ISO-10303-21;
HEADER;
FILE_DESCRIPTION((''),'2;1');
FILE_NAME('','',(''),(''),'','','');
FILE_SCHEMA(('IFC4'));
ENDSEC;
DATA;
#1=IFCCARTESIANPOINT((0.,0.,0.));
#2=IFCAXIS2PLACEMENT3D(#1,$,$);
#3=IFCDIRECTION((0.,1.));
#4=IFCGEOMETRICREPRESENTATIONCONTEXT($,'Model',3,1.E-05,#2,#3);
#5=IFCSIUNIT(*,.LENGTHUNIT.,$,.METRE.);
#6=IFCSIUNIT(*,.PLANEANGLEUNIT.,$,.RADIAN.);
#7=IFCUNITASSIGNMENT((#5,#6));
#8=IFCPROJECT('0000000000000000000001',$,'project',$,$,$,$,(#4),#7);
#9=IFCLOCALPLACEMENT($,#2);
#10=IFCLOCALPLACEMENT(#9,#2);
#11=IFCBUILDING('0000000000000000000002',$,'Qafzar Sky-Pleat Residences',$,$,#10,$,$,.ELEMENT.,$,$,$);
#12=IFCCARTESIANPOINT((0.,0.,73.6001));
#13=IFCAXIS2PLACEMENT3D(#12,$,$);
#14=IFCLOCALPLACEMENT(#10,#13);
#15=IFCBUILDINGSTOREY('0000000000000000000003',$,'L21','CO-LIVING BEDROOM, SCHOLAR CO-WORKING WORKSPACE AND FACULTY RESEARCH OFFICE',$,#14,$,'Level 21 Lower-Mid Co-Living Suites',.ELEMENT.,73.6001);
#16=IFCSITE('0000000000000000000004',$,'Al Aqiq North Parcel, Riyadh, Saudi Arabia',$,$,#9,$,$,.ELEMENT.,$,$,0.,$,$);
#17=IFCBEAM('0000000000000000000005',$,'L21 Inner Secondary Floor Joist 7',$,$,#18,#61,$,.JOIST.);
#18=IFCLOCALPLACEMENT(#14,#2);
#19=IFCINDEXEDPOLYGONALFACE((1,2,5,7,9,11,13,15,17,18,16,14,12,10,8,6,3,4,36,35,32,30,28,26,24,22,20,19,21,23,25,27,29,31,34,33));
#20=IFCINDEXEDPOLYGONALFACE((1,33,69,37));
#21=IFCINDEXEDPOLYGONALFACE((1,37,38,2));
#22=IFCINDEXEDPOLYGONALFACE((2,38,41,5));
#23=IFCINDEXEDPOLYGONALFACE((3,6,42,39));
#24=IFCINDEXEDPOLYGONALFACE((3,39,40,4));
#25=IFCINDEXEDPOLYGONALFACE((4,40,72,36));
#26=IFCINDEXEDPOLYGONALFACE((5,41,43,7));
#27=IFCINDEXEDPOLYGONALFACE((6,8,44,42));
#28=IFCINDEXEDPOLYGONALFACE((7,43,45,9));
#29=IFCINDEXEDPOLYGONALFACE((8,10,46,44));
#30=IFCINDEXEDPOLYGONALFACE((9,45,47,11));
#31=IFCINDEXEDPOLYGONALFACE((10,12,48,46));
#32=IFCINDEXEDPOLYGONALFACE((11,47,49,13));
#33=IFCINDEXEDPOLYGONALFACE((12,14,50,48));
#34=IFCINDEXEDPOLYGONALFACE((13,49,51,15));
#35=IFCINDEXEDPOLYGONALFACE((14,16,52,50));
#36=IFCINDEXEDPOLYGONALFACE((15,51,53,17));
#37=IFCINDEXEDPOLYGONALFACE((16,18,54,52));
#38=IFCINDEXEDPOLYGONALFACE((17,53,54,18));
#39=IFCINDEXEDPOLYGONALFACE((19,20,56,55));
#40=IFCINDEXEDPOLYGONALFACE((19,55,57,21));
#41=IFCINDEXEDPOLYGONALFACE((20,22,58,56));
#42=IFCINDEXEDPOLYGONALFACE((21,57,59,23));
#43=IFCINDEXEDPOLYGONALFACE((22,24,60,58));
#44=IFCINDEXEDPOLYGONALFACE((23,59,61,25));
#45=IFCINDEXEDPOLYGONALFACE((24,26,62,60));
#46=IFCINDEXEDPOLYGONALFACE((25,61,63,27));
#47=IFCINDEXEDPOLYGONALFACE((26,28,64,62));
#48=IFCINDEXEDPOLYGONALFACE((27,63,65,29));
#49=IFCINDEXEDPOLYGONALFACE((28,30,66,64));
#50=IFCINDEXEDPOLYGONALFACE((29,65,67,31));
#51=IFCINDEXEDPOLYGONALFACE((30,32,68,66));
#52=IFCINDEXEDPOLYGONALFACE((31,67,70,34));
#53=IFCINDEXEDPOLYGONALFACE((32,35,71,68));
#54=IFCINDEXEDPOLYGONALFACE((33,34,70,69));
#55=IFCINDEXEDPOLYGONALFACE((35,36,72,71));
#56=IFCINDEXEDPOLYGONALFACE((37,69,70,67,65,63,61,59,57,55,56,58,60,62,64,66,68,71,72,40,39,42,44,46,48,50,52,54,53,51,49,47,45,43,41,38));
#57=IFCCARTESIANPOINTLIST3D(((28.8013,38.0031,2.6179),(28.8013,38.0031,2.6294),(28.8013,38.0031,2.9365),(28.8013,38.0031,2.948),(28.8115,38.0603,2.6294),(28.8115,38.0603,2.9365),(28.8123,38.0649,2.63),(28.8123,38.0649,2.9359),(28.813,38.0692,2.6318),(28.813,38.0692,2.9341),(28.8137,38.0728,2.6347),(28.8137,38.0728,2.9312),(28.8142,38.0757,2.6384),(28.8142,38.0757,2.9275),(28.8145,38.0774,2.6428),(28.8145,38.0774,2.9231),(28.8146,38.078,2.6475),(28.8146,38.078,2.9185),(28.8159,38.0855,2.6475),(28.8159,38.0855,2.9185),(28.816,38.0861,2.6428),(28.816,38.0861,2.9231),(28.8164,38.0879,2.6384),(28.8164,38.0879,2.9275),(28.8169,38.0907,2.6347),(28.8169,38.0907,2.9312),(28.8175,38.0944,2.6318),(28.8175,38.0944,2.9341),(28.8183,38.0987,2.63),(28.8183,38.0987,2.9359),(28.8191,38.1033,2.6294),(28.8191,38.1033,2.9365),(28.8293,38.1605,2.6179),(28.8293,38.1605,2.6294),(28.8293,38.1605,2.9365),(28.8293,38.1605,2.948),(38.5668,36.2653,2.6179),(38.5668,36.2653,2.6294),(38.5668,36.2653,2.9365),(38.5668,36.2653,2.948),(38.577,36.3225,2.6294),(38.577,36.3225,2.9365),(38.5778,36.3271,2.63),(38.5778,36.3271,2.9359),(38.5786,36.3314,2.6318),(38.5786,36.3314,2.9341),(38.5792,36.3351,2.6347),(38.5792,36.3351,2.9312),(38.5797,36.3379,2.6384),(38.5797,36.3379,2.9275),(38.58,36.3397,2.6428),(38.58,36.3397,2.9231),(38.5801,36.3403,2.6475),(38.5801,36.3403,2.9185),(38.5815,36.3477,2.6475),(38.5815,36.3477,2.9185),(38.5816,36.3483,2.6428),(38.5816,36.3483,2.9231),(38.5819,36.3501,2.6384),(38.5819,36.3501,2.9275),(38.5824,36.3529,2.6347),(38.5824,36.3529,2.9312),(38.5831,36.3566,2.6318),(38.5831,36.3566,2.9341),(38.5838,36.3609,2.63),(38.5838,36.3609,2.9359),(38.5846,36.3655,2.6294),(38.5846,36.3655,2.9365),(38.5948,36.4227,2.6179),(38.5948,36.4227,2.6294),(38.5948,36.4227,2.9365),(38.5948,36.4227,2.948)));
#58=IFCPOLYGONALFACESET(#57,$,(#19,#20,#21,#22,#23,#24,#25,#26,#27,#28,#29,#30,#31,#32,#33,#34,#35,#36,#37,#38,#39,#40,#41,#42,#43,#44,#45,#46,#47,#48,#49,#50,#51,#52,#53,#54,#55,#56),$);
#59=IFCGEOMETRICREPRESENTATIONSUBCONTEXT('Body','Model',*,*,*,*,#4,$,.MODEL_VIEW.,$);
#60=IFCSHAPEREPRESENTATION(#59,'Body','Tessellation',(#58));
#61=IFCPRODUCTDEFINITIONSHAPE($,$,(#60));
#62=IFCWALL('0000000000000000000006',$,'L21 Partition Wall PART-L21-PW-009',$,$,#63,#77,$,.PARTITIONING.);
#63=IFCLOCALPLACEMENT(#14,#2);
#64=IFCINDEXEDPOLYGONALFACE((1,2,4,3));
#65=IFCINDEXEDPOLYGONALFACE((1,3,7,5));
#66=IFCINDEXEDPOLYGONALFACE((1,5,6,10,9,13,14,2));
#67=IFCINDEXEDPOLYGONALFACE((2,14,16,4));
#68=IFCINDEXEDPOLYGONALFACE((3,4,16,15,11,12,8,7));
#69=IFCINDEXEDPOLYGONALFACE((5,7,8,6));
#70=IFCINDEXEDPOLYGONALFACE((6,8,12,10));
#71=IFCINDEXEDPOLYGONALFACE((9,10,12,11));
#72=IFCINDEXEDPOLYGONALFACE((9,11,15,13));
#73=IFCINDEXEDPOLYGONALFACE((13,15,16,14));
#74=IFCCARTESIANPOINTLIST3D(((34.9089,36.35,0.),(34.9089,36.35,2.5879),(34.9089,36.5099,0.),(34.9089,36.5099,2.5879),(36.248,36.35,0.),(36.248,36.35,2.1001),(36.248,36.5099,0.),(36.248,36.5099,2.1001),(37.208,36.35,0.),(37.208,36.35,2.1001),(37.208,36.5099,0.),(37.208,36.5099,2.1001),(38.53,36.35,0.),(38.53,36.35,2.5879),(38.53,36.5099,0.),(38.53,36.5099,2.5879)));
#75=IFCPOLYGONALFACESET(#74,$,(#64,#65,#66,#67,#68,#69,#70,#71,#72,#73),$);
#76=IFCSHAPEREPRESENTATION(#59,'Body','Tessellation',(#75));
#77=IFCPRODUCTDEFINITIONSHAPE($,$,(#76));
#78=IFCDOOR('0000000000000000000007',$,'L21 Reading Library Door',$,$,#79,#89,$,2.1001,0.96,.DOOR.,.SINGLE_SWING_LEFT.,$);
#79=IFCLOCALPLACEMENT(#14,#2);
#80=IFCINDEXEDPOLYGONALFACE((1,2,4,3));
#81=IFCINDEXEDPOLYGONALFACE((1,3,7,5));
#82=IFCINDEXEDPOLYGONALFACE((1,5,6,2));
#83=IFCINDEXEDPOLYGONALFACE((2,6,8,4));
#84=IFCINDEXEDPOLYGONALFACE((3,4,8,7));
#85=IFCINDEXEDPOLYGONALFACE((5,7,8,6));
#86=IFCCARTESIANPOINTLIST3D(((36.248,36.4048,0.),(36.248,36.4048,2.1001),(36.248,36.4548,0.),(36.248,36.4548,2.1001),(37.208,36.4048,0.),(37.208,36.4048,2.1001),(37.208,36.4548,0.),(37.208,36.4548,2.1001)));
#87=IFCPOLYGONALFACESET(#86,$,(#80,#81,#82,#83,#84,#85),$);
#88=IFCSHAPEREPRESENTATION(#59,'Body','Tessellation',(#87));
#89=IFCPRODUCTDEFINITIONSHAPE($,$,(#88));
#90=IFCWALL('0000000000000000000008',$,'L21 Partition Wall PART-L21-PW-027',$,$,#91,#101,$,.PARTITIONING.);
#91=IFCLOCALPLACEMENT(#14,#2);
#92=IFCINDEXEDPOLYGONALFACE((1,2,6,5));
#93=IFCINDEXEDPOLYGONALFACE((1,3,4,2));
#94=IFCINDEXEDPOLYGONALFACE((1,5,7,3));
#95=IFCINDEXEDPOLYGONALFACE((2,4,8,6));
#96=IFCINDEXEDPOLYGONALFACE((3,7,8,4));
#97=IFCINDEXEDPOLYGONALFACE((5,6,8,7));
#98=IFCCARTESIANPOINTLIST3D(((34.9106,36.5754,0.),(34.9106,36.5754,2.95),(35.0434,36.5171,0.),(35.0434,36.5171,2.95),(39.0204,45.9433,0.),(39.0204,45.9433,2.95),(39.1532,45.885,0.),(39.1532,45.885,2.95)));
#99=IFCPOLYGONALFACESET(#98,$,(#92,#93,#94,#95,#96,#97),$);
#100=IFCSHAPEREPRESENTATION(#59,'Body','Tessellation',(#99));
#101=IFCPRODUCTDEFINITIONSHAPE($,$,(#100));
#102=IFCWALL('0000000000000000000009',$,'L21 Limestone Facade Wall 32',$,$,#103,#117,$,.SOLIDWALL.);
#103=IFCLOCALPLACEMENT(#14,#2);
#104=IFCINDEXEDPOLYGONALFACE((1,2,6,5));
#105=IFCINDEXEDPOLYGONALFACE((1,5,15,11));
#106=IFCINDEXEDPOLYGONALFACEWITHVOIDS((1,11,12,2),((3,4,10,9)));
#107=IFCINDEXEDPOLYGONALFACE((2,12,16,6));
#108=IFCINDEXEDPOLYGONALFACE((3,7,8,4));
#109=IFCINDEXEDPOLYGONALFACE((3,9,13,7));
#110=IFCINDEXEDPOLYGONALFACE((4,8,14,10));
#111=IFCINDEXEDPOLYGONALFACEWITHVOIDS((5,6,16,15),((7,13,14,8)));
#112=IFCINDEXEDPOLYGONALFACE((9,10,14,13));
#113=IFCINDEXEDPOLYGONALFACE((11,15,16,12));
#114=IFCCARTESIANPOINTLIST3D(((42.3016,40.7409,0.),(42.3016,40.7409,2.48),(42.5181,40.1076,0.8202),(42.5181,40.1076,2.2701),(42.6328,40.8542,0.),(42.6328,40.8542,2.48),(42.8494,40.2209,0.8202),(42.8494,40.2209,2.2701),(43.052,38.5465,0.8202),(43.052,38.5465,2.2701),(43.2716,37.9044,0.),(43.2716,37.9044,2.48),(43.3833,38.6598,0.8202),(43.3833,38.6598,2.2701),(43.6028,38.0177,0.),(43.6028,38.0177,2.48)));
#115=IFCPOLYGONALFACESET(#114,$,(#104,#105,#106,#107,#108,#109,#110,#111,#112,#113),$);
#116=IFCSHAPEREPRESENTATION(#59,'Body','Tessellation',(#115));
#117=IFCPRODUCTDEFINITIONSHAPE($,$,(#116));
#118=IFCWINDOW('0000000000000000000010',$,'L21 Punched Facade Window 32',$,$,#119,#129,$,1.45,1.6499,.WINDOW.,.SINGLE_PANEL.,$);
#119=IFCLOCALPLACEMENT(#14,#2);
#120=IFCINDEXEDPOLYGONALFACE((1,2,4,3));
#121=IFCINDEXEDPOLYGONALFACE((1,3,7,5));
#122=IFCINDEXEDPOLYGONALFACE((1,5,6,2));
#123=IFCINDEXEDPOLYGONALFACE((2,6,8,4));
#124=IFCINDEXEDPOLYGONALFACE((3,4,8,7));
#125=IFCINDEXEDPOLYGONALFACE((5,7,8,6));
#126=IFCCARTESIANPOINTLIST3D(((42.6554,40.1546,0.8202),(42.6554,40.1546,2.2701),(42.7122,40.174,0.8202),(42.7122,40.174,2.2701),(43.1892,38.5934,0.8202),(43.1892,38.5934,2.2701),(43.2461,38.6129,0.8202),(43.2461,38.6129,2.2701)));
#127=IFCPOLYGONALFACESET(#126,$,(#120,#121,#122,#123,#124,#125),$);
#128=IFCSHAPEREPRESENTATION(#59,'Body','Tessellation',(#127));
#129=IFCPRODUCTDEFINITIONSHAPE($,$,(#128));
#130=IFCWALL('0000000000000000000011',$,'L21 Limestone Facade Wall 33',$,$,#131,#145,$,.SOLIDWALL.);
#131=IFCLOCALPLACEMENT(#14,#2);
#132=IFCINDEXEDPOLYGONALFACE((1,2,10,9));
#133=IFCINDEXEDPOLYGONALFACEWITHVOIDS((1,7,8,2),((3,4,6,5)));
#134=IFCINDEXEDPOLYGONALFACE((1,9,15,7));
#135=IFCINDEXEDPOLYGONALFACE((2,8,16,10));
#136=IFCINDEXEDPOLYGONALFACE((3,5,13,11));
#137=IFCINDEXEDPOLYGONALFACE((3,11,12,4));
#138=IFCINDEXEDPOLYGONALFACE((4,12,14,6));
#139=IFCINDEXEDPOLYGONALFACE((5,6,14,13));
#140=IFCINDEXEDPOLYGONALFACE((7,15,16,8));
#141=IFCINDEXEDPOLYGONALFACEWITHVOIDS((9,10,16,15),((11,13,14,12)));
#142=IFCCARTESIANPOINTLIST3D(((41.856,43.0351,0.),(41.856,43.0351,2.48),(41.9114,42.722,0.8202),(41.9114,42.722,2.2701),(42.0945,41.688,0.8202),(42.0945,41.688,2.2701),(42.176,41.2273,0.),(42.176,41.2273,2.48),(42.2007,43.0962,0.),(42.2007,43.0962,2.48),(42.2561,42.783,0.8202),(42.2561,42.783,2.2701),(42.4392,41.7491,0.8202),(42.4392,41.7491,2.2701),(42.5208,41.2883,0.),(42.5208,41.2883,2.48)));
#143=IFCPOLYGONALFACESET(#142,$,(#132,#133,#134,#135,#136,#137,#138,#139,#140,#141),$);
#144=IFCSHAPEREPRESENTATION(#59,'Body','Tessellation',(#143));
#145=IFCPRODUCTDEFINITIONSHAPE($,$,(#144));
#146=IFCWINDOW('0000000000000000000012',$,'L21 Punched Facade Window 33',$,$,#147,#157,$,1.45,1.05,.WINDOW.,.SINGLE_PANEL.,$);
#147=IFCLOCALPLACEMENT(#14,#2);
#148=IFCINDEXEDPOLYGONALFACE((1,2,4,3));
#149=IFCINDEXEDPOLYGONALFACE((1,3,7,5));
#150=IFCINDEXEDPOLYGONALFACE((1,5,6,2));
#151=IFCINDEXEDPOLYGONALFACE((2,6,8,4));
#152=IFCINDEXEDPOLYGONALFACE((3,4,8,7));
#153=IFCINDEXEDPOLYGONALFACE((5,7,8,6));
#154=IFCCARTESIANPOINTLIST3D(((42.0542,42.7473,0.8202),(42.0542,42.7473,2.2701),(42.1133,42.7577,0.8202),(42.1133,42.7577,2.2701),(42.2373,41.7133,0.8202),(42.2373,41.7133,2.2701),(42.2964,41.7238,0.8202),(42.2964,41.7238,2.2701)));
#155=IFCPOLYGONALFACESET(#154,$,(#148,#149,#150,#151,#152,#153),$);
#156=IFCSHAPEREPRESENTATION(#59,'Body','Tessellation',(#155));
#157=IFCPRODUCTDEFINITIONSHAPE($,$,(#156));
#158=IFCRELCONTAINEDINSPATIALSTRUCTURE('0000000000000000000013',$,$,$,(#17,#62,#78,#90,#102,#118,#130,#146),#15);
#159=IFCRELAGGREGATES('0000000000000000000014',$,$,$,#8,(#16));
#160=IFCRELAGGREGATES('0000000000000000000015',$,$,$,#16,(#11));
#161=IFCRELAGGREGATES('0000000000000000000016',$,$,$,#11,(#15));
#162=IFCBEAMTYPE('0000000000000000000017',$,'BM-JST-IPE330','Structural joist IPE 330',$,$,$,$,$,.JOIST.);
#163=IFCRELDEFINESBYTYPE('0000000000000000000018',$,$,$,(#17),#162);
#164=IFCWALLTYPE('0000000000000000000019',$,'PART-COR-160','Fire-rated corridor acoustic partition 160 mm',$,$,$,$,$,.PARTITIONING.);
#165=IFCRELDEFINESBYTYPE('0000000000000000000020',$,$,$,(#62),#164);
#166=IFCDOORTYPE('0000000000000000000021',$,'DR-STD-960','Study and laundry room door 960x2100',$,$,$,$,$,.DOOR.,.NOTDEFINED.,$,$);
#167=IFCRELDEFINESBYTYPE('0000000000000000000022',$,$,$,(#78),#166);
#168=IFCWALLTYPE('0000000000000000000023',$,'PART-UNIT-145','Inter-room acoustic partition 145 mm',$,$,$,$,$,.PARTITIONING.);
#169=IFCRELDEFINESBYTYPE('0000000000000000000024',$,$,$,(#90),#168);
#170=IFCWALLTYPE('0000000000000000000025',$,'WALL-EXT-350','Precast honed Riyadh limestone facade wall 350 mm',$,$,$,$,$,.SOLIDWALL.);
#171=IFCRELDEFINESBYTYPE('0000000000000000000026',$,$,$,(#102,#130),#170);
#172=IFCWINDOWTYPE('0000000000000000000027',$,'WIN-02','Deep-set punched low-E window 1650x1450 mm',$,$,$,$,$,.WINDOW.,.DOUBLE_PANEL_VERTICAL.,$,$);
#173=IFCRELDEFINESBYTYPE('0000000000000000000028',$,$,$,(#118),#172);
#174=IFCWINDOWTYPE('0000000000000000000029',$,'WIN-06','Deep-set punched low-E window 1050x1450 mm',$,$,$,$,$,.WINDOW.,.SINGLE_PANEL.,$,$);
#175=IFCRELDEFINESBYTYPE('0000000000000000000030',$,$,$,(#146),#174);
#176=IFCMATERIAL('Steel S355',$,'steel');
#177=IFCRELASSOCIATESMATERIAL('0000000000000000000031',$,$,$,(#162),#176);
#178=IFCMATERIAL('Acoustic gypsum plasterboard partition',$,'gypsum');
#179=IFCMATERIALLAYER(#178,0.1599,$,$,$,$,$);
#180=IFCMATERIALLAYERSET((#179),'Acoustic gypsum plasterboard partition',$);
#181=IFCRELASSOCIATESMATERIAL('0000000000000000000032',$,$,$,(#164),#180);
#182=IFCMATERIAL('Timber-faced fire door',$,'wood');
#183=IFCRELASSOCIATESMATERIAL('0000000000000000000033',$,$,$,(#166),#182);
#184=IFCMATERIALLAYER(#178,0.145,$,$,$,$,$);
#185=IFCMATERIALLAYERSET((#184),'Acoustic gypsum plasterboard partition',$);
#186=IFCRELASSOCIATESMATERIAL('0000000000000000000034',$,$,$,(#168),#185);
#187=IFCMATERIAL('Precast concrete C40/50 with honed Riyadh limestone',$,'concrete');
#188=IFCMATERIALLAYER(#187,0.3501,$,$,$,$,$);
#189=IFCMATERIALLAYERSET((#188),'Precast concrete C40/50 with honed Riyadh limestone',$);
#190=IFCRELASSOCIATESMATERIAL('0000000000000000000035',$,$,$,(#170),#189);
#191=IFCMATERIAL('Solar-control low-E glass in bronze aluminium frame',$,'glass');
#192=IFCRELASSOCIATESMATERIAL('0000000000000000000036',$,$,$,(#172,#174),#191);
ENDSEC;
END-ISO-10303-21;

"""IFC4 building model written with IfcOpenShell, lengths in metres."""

from ifc_helpers import new_model, si_unit, direction, frame, frame_2d, origin, origin_2d, place, context, subcontext, project, spatial, rectangle, i_section, extrude, source, transform, mapped, material, layer, layer_set, material_profile, profile_set, type_object, element, fill, save


model = new_model("IFC4")

# Units and contexts
model_context = context("Model", 3, precision=1e-05, world=origin(), true_north=direction((0.0, 1.0)))
body_context = subcontext(model_context, "Body", "Model", "MODEL_VIEW")
ifc_project = project(units=[si_unit("LENGTHUNIT", "METRE"), si_unit("PLANEANGLEUNIT", "RADIAN")], contexts=[model_context])

# Site, building, storey
site_placement = place(None, origin())
site = spatial("IfcSite", under=ifc_project, at=site_placement, Name="Al Aqiq North Parcel, Riyadh, Saudi Arabia", CompositionType="ELEMENT", RefElevation=0.0)
building_placement = place(site_placement, origin())
building = spatial("IfcBuilding", under=site, at=building_placement, Name="Qafzar Sky-Pleat Residences", CompositionType="ELEMENT")
storey_placement = place(building_placement, frame((0.0, 0.0, 73.6001)))
storey = spatial("IfcBuildingStorey", under=building, at=storey_placement, Name="L21", Description="CO-LIVING BEDROOM, SCHOLAR CO-WORKING WORKSPACE AND FACULTY RESEARCH OFFICE", LongName="Level 21 Lower-Mid Co-Living Suites", CompositionType="ELEMENT", Elevation=73.6001)

# Beam
ifc_material_1 = material(Name="Steel S355", Category="steel")
ifc_material_profile_1 = material_profile(ifc_material_1, i_section(OverallWidth=0.1599, OverallDepth=0.3301, WebThickness=0.0076, FlangeThickness=0.0115, FilletRadius=0.0181, at=origin_2d()), Name="IPE 330")
ifc_profile_set_1 = profile_set([ifc_material_profile_1], Name="Steel S355")
beam_type_1 = type_object("IfcBeamType", Name="BM-JST-IPE330", Description="Structural joist IPE 330", PredefinedType="JOIST", material=ifc_profile_set_1)
shared_shape_1 = source(origin(), body_context, "Body", "SweptSolid", [
    extrude(i_section(OverallWidth=0.1599, OverallDepth=0.3301, WebThickness=0.0076, FlangeThickness=0.0115, FilletRadius=0.0181, at=origin_2d()), origin(), (0.0, 0.0, 1.0), 9.9189),
])
beam_1_placement = place(storey_placement, frame((38.5808, 36.344, 2.783), z_axis=(-0.984533, 0.175198, 0.0), x_axis=(-0.175198, -0.984533, 0.0)))
element("IfcBeam", 1, at=beam_1_placement, inside=storey, type_object=beam_type_1, Name="L21 Inner Secondary Floor Joist 7", PredefinedType="JOIST", context=body_context, shape_type="MappedRepresentation", body=[
    mapped(shared_shape_1, transform((0.0, 0.0, 0.0), x_axis=(1.0, 0.0, 0.0), y_axis=(0.0, 1.0, 0.0), z_axis=(0.0, 0.0, 1.0), scale=1.0)),
])

# Wall, opening, door
ifc_material_2 = material(Name="Acoustic gypsum plasterboard partition", Category="gypsum")
ifc_layer_1 = layer(ifc_material_2, 0.1599)
ifc_layer_set_1 = layer_set([ifc_layer_1], Name="Acoustic gypsum plasterboard partition")
wall_type_1 = type_object("IfcWallType", Name="PART-COR-160", Description="Fire-rated corridor acoustic partition 160 mm", PredefinedType="PARTITIONING", material=ifc_layer_set_1)
wall_1_placement = place(storey_placement, frame((34.9089, 36.4299, 0.0), z_axis=(0.0, 0.0, 1.0), x_axis=(1.0, 0.0, 0.0)))
wall_1 = element("IfcWall", 2, at=wall_1_placement, inside=storey, type_object=wall_type_1, Name="L21 Partition Wall PART-L21-PW-009", PredefinedType="PARTITIONING", context=body_context, shape_type="SweptSolid", body=[
    extrude(rectangle(XDim=3.6211, YDim=0.1599, at=frame_2d((1.8105, 0.0))), origin(), (0.0, 0.0, 1.0), 2.5879),
])
opening_1_placement = place(wall_1_placement, frame((1.3391, 0.0, 0.0)))
opening_1 = element("IfcOpeningElement", 3, at=opening_1_placement, cuts=wall_1, PredefinedType="OPENING", context=body_context, shape_type="SweptSolid", body=[
    extrude(rectangle(XDim=0.96, YDim=2.1001, at=frame_2d((0.48, 1.05))), frame((0.0, 0.0898, 0.0), z_axis=(0.0, -1.0, 0.0), x_axis=(1.0, 0.0, 0.0)), (0.0, 0.0, 1.0), 0.1799),
])
ifc_material_3 = material(Name="Timber-faced fire door", Category="wood")
door_type = type_object("IfcDoorType", Name="DR-STD-960", Description="Study and laundry room door 960x2100", OperationType="NOTDEFINED", PredefinedType="DOOR", material=ifc_material_3)
shared_shape_2 = source(origin(), body_context, "Body", "SweptSolid", [
    extrude(rectangle(XDim=0.96, YDim=2.1001, at=frame_2d((0.48, 1.05))), frame((0.0, 0.0249, 0.0), z_axis=(0.0, -1.0, 0.0), x_axis=(1.0, 0.0, 0.0)), (0.0, 0.0, 1.0), 0.05),
])
door_placement = place(opening_1_placement, origin())
door = element("IfcDoor", 4, at=door_placement, inside=storey, type_object=door_type, Name="L21 Reading Library Door", OperationType="SINGLE_SWING_LEFT", OverallHeight=2.1001, OverallWidth=0.96, PredefinedType="DOOR", context=body_context, shape_type="MappedRepresentation", body=[
    mapped(shared_shape_2, transform((0.0, 0.0, 0.0), x_axis=(1.0, 0.0, 0.0), y_axis=(0.0, 1.0, 0.0), z_axis=(0.0, 0.0, 1.0), scale=1.0)),
])
fill(opening_1, door)

# Wall
ifc_layer_2 = layer(ifc_material_2, 0.145)
ifc_layer_set_2 = layer_set([ifc_layer_2], Name="Acoustic gypsum plasterboard partition")
wall_type_2 = type_object("IfcWallType", Name="PART-UNIT-145", Description="Inter-room acoustic partition 145 mm", PredefinedType="PARTITIONING", material=ifc_layer_set_2)
wall_2_placement = place(storey_placement, frame((34.9771, 36.5464, 0.0), z_axis=(0.0, 0.0, 1.0), x_axis=(0.401754, 0.915748, 0.0)))
element("IfcWall", 5, at=wall_2_placement, inside=storey, type_object=wall_type_2, Name="L21 Partition Wall PART-L21-PW-027", PredefinedType="PARTITIONING", context=body_context, shape_type="SweptSolid", body=[
    extrude(rectangle(XDim=10.2297, YDim=0.145, at=frame_2d((5.1147, 0.0))), origin(), (0.0, 0.0, 1.0), 2.95),
])

# Walls, openings, windows
ifc_material_4 = material(Name="Precast concrete C40/50 with honed Riyadh limestone", Category="concrete")
ifc_layer_3 = layer(ifc_material_4, 0.3501)
ifc_layer_set_3 = layer_set([ifc_layer_3], Name="Precast concrete C40/50 with honed Riyadh limestone")
wall_type_3 = type_object("IfcWallType", Name="WALL-EXT-350", Description="Precast honed Riyadh limestone facade wall 350 mm", PredefinedType="SOLIDWALL", material=ifc_layer_set_3)
wall_3_placement = place(storey_placement, frame((43.4373, 37.9609, 0.0), z_axis=(0.0, 0.0, 1.0), x_axis=(-0.323573, 0.946203, 0.0)))
wall_3 = element("IfcWall", 6, at=wall_3_placement, inside=storey, type_object=wall_type_3, Name="L21 Limestone Facade Wall 32", PredefinedType="SOLIDWALL", context=body_context, shape_type="SweptSolid", body=[
    extrude(rectangle(XDim=2.9978, YDim=0.3501, at=frame_2d((1.499, 0.0))), origin(), (0.0, 0.0, 1.0), 2.48),
])
opening_2_placement = place(wall_3_placement, frame((0.6787, 0.0, 0.8201)))
opening_2 = element("IfcOpeningElement", 7, at=opening_2_placement, cuts=wall_3, PredefinedType="OPENING", context=body_context, shape_type="SweptSolid", body=[
    extrude(rectangle(XDim=1.6499, YDim=1.45, at=frame_2d((0.825, 0.7251))), frame((0.0, 0.1851, 0.0), z_axis=(0.0, -1.0, 0.0), x_axis=(1.0, 0.0, 0.0)), (0.0, 0.0, 1.0), 0.3701),
])
ifc_material_5 = material(Name="Solar-control low-E glass in bronze aluminium frame", Category="glass")
window_type_1 = type_object("IfcWindowType", Name="WIN-02", Description="Deep-set punched low-E window 1650x1450 mm", PartitioningType="DOUBLE_PANEL_VERTICAL", PredefinedType="WINDOW", material=ifc_material_5)
shared_shape_3 = source(origin(), body_context, "Body", "SweptSolid", [
    extrude(rectangle(XDim=1.6499, YDim=1.45, at=frame_2d((0.825, 0.7251))), frame((0.0, 0.03, 0.0), z_axis=(0.0, -1.0, 0.0), x_axis=(1.0, 0.0, 0.0)), (0.0, 0.0, 1.0), 0.0601),
])
window_1_placement = place(opening_2_placement, origin())
window_1 = element("IfcWindow", 8, at=window_1_placement, inside=storey, type_object=window_type_1, Name="L21 Punched Facade Window 32", OverallHeight=1.45, OverallWidth=1.6499, PartitioningType="SINGLE_PANEL", PredefinedType="WINDOW", context=body_context, shape_type="MappedRepresentation", body=[
    mapped(shared_shape_3, transform((0.0, 0.0, 0.0), x_axis=(1.0, 0.0, 0.0), y_axis=(0.0, 1.0, 0.0), z_axis=(0.0, 0.0, 1.0), scale=1.0)),
])
fill(opening_2, window_1)
wall_4_placement = place(storey_placement, frame((42.3484, 41.2578, 0.0), z_axis=(0.0, 0.0, 1.0), x_axis=(-0.174331, 0.984687, 0.0)))
wall_4 = element("IfcWall", 9, at=wall_4_placement, inside=storey, type_object=wall_type_3, Name="L21 Limestone Facade Wall 33", PredefinedType="SOLIDWALL", context=body_context, shape_type="SweptSolid", body=[
    extrude(rectangle(XDim=1.8359, YDim=0.3501, at=frame_2d((0.918, 0.0))), origin(), (0.0, 0.0, 1.0), 2.48),
])
opening_3_placement = place(wall_4_placement, frame((0.468, 0.0, 0.8201)))
opening_3 = element("IfcOpeningElement", 10, at=opening_3_placement, cuts=wall_4, PredefinedType="OPENING", context=body_context, shape_type="SweptSolid", body=[
    extrude(rectangle(XDim=1.05, YDim=1.45, at=frame_2d((0.5249, 0.7251))), frame((0.0, 0.1851, 0.0), z_axis=(0.0, -1.0, 0.0), x_axis=(1.0, 0.0, 0.0)), (0.0, 0.0, 1.0), 0.3701),
])
window_type_2 = type_object("IfcWindowType", Name="WIN-06", Description="Deep-set punched low-E window 1050x1450 mm", PartitioningType="SINGLE_PANEL", PredefinedType="WINDOW", material=ifc_material_5)
shared_shape_4 = source(origin(), body_context, "Body", "SweptSolid", [
    extrude(rectangle(XDim=1.05, YDim=1.45, at=frame_2d((0.5249, 0.7251))), frame((0.0, 0.03, 0.0), z_axis=(0.0, -1.0, 0.0), x_axis=(1.0, 0.0, 0.0)), (0.0, 0.0, 1.0), 0.0601),
])
window_2_placement = place(opening_3_placement, origin())
window_2 = element("IfcWindow", 11, at=window_2_placement, inside=storey, type_object=window_type_2, Name="L21 Punched Facade Window 33", OverallHeight=1.45, OverallWidth=1.05, PartitioningType="SINGLE_PANEL", PredefinedType="WINDOW", context=body_context, shape_type="MappedRepresentation", body=[
    mapped(shared_shape_4, transform((0.0, 0.0, 0.0), x_axis=(1.0, 0.0, 0.0), y_axis=(0.0, 1.0, 0.0), z_axis=(0.0, 0.0, 1.0), scale=1.0)),
])
fill(opening_3, window_2)

save(model, "model.ifc")
